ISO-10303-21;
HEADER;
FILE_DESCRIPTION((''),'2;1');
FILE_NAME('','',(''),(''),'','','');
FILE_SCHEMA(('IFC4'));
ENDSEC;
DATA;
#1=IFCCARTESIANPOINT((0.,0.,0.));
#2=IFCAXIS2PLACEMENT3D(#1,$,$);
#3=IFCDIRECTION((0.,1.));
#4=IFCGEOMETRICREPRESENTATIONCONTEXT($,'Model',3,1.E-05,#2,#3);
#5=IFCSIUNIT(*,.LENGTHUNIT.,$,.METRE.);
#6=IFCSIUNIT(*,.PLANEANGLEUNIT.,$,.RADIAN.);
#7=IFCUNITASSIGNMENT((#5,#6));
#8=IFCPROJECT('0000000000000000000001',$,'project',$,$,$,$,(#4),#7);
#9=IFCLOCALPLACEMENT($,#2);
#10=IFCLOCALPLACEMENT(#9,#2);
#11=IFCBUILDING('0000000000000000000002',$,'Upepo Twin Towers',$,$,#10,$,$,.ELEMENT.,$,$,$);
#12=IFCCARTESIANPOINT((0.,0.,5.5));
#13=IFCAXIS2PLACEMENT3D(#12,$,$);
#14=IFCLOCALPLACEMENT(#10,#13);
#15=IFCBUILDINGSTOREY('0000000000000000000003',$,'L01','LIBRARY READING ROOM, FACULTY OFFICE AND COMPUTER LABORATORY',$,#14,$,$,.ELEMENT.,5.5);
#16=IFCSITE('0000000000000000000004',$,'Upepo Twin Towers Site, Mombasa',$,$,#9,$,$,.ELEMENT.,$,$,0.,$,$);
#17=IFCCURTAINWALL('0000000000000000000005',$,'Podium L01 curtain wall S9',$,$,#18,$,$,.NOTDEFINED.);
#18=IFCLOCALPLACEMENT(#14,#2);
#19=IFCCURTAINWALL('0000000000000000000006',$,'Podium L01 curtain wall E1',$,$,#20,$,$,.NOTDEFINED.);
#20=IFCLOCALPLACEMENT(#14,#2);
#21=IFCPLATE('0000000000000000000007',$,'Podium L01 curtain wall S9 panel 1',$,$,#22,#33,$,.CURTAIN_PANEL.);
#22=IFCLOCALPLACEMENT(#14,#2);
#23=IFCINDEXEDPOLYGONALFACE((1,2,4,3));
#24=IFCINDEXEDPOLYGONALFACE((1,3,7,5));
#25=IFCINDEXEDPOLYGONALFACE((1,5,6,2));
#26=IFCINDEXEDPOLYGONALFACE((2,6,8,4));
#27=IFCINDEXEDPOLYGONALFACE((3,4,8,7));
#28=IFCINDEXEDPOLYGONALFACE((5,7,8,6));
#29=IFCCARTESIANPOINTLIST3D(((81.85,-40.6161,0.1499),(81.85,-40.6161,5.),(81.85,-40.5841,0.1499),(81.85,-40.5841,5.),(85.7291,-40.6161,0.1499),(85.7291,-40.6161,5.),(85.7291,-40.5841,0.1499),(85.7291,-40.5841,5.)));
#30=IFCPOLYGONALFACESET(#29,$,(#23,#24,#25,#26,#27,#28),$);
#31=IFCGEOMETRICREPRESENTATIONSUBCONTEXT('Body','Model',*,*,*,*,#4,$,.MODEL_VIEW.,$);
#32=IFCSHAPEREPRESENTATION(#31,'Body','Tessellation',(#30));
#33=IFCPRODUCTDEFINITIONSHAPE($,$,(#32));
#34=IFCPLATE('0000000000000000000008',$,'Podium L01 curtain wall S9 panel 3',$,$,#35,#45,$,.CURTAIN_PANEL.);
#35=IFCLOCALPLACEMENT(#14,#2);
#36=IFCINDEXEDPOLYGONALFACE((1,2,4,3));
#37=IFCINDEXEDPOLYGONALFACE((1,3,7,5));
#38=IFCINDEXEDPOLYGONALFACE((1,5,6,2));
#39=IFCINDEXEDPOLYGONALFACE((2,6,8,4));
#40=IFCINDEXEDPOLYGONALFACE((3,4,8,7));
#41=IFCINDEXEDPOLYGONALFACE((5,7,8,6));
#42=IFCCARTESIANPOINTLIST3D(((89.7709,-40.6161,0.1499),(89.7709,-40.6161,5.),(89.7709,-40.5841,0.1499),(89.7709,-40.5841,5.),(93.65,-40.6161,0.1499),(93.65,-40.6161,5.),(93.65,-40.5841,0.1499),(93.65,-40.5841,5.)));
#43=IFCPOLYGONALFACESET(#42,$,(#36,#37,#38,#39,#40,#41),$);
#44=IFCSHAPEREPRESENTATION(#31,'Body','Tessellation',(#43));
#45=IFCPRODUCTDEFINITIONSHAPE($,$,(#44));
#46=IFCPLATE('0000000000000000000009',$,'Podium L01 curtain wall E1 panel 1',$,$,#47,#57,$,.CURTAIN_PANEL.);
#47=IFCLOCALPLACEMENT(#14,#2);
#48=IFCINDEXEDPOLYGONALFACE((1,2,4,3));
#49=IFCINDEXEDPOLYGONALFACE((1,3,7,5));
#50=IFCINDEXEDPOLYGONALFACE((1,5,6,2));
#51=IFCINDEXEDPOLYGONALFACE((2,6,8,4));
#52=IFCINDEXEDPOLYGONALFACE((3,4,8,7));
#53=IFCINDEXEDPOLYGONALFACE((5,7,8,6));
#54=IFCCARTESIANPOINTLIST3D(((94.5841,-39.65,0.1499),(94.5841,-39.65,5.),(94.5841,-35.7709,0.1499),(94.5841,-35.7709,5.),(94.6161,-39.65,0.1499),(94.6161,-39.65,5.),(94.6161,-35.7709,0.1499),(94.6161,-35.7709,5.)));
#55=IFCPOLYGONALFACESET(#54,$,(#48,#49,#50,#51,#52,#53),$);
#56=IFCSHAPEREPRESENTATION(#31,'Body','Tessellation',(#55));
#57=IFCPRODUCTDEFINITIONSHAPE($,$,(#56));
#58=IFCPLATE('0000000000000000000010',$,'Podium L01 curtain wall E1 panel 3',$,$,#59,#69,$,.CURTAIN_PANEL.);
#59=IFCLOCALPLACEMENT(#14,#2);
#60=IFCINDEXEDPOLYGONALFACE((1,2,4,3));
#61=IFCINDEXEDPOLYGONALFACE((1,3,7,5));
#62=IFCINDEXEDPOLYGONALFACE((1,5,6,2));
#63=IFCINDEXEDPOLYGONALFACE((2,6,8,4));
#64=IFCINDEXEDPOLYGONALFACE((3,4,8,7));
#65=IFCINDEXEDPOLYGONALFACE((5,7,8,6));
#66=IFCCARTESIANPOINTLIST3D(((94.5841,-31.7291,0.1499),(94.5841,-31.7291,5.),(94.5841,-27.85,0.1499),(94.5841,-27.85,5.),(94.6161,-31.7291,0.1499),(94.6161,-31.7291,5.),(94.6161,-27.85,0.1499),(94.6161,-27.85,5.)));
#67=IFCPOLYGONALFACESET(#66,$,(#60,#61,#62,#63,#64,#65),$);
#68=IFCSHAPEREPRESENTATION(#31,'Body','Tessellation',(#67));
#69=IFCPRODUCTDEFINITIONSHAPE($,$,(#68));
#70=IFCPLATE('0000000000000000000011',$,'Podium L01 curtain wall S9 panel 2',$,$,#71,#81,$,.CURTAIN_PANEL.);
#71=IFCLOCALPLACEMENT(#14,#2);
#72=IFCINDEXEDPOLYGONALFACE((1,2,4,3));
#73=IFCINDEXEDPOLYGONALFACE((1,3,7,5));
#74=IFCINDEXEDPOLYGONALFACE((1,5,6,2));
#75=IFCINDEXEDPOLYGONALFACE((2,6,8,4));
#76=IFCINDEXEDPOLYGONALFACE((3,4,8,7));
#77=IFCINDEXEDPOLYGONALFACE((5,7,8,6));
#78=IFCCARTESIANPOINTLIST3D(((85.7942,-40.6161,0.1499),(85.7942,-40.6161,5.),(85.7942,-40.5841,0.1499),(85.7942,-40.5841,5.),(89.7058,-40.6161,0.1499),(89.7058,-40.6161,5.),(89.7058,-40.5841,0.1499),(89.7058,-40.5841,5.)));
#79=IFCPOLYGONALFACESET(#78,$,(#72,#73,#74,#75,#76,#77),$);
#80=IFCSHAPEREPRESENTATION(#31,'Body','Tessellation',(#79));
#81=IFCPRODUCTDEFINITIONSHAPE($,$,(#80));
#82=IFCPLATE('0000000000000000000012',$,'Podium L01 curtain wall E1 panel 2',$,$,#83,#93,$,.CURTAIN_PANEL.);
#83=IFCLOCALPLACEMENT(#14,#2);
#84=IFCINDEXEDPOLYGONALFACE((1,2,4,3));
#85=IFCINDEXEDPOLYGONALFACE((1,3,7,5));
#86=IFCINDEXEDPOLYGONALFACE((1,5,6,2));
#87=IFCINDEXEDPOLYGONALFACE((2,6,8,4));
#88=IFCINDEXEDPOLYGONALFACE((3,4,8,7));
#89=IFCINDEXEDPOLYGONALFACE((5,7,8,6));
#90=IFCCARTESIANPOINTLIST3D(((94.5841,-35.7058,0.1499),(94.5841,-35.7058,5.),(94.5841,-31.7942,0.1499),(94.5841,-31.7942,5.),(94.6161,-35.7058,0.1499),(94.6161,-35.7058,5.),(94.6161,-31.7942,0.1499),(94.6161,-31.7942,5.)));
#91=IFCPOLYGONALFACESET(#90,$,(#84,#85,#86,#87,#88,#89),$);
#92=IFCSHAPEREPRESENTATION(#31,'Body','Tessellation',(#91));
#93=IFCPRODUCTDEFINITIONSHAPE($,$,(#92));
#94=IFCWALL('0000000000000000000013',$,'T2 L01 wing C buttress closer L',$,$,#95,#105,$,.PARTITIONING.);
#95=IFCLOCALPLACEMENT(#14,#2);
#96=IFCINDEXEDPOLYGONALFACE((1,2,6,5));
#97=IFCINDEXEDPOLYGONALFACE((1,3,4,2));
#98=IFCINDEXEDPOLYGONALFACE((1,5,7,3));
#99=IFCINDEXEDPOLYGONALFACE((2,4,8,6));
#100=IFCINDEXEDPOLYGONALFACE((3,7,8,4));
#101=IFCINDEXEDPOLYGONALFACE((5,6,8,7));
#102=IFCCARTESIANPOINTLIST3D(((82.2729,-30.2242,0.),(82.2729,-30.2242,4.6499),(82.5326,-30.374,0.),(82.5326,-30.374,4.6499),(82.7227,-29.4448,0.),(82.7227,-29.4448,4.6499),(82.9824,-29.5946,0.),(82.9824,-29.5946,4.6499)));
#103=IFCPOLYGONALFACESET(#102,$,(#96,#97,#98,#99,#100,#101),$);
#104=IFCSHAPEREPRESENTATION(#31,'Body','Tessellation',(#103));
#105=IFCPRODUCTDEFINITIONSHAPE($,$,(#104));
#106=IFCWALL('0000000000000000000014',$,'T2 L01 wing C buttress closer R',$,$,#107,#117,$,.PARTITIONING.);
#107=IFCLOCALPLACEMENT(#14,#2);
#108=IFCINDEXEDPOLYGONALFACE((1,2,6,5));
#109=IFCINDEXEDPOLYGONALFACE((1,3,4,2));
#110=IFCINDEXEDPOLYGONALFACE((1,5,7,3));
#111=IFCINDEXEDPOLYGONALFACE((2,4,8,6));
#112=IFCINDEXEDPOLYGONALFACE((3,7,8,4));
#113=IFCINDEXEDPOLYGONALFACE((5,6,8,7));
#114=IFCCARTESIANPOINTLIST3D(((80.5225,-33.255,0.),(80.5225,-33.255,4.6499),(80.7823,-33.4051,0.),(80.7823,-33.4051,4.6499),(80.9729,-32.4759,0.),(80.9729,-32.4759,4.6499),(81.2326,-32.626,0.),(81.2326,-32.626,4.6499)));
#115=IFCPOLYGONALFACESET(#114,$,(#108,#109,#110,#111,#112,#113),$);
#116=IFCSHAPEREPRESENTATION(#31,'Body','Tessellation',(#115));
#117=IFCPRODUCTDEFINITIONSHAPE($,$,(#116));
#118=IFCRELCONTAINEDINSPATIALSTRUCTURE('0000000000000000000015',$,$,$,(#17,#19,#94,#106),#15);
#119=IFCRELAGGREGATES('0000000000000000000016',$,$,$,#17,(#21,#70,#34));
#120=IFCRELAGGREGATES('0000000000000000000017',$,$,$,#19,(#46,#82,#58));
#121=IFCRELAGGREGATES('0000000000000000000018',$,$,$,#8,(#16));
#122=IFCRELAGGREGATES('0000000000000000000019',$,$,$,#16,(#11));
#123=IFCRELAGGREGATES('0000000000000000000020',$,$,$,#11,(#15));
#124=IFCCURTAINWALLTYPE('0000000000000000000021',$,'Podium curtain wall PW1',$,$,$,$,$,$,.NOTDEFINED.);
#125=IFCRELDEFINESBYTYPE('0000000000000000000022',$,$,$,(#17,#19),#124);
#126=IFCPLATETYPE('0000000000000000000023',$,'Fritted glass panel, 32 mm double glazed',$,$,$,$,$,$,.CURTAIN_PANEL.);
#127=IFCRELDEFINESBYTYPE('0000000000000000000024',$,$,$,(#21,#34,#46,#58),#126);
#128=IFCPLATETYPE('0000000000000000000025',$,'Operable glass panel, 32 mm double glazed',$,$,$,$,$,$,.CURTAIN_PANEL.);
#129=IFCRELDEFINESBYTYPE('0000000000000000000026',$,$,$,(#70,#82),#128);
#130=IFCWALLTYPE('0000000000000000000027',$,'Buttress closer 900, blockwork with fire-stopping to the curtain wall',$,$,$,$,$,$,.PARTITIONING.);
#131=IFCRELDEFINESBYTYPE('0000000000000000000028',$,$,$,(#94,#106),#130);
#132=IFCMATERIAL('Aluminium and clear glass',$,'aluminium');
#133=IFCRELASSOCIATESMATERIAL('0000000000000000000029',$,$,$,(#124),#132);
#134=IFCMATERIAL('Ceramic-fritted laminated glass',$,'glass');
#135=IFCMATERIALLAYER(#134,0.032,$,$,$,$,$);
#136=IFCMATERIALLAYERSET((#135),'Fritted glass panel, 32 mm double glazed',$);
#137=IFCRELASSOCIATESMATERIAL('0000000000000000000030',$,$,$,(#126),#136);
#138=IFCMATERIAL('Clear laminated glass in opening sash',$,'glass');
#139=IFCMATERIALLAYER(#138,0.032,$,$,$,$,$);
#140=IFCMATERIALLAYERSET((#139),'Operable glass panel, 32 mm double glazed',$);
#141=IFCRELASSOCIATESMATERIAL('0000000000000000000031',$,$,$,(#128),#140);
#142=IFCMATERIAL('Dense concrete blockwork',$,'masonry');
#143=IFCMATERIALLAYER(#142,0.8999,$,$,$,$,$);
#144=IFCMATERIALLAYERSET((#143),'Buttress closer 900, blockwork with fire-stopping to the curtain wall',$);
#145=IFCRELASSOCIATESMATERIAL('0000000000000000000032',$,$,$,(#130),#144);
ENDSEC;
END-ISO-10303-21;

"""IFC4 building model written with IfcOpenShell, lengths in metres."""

from ifc_helpers import new_model, si_unit, direction, frame, frame_2d, origin, origin_2d, place, context, subcontext, project, spatial, rectangle, extrude, material, layer, layer_set, type_object, element, aggregate, save


model = new_model("IFC4")

# Units and contexts
model_context = context("Model", 3, precision=1e-05, world=origin(), true_north=direction((0.0, 1.0)))
body_context = subcontext(model_context, "Body", "Model", "MODEL_VIEW")
ifc_project = project(units=[si_unit("LENGTHUNIT", "METRE"), si_unit("PLANEANGLEUNIT", "RADIAN")], contexts=[model_context])

# Site, building, storey
site_placement = place(None, origin())
site = spatial("IfcSite", under=ifc_project, at=site_placement, Name="Upepo Twin Towers Site, Mombasa", CompositionType="ELEMENT", RefElevation=0.0)
building_placement = place(site_placement, origin())
building = spatial("IfcBuilding", under=site, at=building_placement, Name="Upepo Twin Towers", CompositionType="ELEMENT")
storey_placement = place(building_placement, frame((0.0, 0.0, 5.5)))
storey = spatial("IfcBuildingStorey", under=building, at=storey_placement, Name="L01", Description="LIBRARY READING ROOM, FACULTY OFFICE AND COMPUTER LABORATORY", CompositionType="ELEMENT", Elevation=5.5)

# Shared definitions
ifc_material_1 = material(Name="Aluminium and clear glass", Category="aluminium")
curtain_wall_type = type_object("IfcCurtainWallType", Name="Podium curtain wall PW1", PredefinedType="NOTDEFINED", material=ifc_material_1)

# Curtain walls
curtain_wall_1_placement = place(storey_placement, origin())
curtain_wall_1 = element("IfcCurtainWall", 1, at=curtain_wall_1_placement, inside=storey, type_object=curtain_wall_type, Name="Podium L01 curtain wall S9", PredefinedType="NOTDEFINED")
curtain_wall_2_placement = place(storey_placement, origin())
curtain_wall_2 = element("IfcCurtainWall", 2, at=curtain_wall_2_placement, inside=storey, type_object=curtain_wall_type, Name="Podium L01 curtain wall E1", PredefinedType="NOTDEFINED")

# Plates
ifc_material_2 = material(Name="Ceramic-fritted laminated glass", Category="glass")
ifc_layer_1 = layer(ifc_material_2, 0.032)
ifc_layer_set_1 = layer_set([ifc_layer_1], Name="Fritted glass panel, 32 mm double glazed")
plate_type_1 = type_object("IfcPlateType", Name="Fritted glass panel, 32 mm double glazed", PredefinedType="CURTAIN_PANEL", material=ifc_layer_set_1)
plate_1_placement = place(storey_placement, frame((83.7896, -40.6001, 0.1499), z_axis=(0.0, 0.0, 1.0), x_axis=(1.0, 0.0, 0.0)))
plate_1 = element("IfcPlate", 3, at=plate_1_placement, type_object=plate_type_1, Name="Podium L01 curtain wall S9 panel 1", PredefinedType="CURTAIN_PANEL", context=body_context, shape_type="SweptSolid", body=[
    extrude(rectangle(XDim=3.8792, YDim=0.032, at=origin_2d()), origin(), (0.0, 0.0, 1.0), 4.8501),
])
plate_2_placement = place(storey_placement, frame((91.7104, -40.6001, 0.1499), z_axis=(0.0, 0.0, 1.0), x_axis=(1.0, 0.0, 0.0)))
plate_2 = element("IfcPlate", 4, at=plate_2_placement, type_object=plate_type_1, Name="Podium L01 curtain wall S9 panel 3", PredefinedType="CURTAIN_PANEL", context=body_context, shape_type="SweptSolid", body=[
    extrude(rectangle(XDim=3.8792, YDim=0.032, at=origin_2d()), origin(), (0.0, 0.0, 1.0), 4.8501),
])
plate_3_placement = place(storey_placement, frame((94.6001, -37.7104, 0.1499), z_axis=(0.0, 0.0, 1.0), x_axis=(0.0, 1.0, 0.0)))
plate_3 = element("IfcPlate", 5, at=plate_3_placement, type_object=plate_type_1, Name="Podium L01 curtain wall E1 panel 1", PredefinedType="CURTAIN_PANEL", context=body_context, shape_type="SweptSolid", body=[
    extrude(rectangle(XDim=3.8792, YDim=0.032, at=origin_2d()), origin(), (0.0, 0.0, 1.0), 4.8501),
])
plate_4_placement = place(storey_placement, frame((94.6001, -29.7896, 0.1499), z_axis=(0.0, 0.0, 1.0), x_axis=(0.0, 1.0, 0.0)))
plate_4 = element("IfcPlate", 6, at=plate_4_placement, type_object=plate_type_1, Name="Podium L01 curtain wall E1 panel 3", PredefinedType="CURTAIN_PANEL", context=body_context, shape_type="SweptSolid", body=[
    extrude(rectangle(XDim=3.8792, YDim=0.032, at=origin_2d()), origin(), (0.0, 0.0, 1.0), 4.8501),
])
ifc_material_3 = material(Name="Clear laminated glass in opening sash", Category="glass")
ifc_layer_2 = layer(ifc_material_3, 0.032)
ifc_layer_set_2 = layer_set([ifc_layer_2], Name="Operable glass panel, 32 mm double glazed")
plate_type_2 = type_object("IfcPlateType", Name="Operable glass panel, 32 mm double glazed", PredefinedType="CURTAIN_PANEL", material=ifc_layer_set_2)
plate_5_placement = place(storey_placement, frame((87.75, -40.6001, 0.1499), z_axis=(0.0, 0.0, 1.0), x_axis=(1.0, 0.0, 0.0)))
plate_5 = element("IfcPlate", 7, at=plate_5_placement, type_object=plate_type_2, Name="Podium L01 curtain wall S9 panel 2", PredefinedType="CURTAIN_PANEL", context=body_context, shape_type="SweptSolid", body=[
    extrude(rectangle(XDim=3.9116, YDim=0.032, at=origin_2d()), origin(), (0.0, 0.0, 1.0), 4.8501),
])
aggregate(curtain_wall_1, [plate_1, plate_5, plate_2])
plate_6_placement = place(storey_placement, frame((94.6001, -33.75, 0.1499), z_axis=(0.0, 0.0, 1.0), x_axis=(0.0, 1.0, 0.0)))
plate_6 = element("IfcPlate", 8, at=plate_6_placement, type_object=plate_type_2, Name="Podium L01 curtain wall E1 panel 2", PredefinedType="CURTAIN_PANEL", context=body_context, shape_type="SweptSolid", body=[
    extrude(rectangle(XDim=3.9116, YDim=0.032, at=origin_2d()), origin(), (0.0, 0.0, 1.0), 4.8501),
])
aggregate(curtain_wall_2, [plate_3, plate_6, plate_4])

# Walls
ifc_material_4 = material(Name="Dense concrete blockwork", Category="masonry")
ifc_layer_3 = layer(ifc_material_4, 0.8999)
ifc_layer_set_3 = layer_set([ifc_layer_3], Name="Buttress closer 900, blockwork with fire-stopping to the curtain wall")
wall_type_1 = type_object("IfcWallType", Name="Buttress closer 900, blockwork with fire-stopping to the curtain wall", PredefinedType="PARTITIONING", material=ifc_layer_set_3)
wall_1_placement = place(storey_placement, frame((82.4978, -29.8345, 0.0), z_axis=(0.0, 0.0, 1.0), x_axis=(0.866131, -0.499816, 0.0)))
element("IfcWall", 9, at=wall_1_placement, inside=storey, type_object=wall_type_1, Name="T2 L01 wing C buttress closer L", PredefinedType="PARTITIONING", context=body_context, shape_type="SweptSolid", body=[
    extrude(rectangle(XDim=0.2998, YDim=0.8999, at=frame_2d((0.1499, 0.0))), origin(), (0.0, 0.0, 1.0), 4.6499),
])
wall_2_placement = place(storey_placement, frame((80.7478, -32.8655, 0.0), z_axis=(0.0, 0.0, 1.0), x_axis=(0.865779, -0.500427, 0.0)))
element("IfcWall", 10, at=wall_2_placement, inside=storey, type_object=wall_type_1, Name="T2 L01 wing C buttress closer R", PredefinedType="PARTITIONING", context=body_context, shape_type="SweptSolid", body=[
    extrude(rectangle(XDim=0.3, YDim=0.8999, at=frame_2d((0.1499, 0.0))), origin(), (0.0, 0.0, 1.0), 4.6499),
])

save(model, "model.ifc")
